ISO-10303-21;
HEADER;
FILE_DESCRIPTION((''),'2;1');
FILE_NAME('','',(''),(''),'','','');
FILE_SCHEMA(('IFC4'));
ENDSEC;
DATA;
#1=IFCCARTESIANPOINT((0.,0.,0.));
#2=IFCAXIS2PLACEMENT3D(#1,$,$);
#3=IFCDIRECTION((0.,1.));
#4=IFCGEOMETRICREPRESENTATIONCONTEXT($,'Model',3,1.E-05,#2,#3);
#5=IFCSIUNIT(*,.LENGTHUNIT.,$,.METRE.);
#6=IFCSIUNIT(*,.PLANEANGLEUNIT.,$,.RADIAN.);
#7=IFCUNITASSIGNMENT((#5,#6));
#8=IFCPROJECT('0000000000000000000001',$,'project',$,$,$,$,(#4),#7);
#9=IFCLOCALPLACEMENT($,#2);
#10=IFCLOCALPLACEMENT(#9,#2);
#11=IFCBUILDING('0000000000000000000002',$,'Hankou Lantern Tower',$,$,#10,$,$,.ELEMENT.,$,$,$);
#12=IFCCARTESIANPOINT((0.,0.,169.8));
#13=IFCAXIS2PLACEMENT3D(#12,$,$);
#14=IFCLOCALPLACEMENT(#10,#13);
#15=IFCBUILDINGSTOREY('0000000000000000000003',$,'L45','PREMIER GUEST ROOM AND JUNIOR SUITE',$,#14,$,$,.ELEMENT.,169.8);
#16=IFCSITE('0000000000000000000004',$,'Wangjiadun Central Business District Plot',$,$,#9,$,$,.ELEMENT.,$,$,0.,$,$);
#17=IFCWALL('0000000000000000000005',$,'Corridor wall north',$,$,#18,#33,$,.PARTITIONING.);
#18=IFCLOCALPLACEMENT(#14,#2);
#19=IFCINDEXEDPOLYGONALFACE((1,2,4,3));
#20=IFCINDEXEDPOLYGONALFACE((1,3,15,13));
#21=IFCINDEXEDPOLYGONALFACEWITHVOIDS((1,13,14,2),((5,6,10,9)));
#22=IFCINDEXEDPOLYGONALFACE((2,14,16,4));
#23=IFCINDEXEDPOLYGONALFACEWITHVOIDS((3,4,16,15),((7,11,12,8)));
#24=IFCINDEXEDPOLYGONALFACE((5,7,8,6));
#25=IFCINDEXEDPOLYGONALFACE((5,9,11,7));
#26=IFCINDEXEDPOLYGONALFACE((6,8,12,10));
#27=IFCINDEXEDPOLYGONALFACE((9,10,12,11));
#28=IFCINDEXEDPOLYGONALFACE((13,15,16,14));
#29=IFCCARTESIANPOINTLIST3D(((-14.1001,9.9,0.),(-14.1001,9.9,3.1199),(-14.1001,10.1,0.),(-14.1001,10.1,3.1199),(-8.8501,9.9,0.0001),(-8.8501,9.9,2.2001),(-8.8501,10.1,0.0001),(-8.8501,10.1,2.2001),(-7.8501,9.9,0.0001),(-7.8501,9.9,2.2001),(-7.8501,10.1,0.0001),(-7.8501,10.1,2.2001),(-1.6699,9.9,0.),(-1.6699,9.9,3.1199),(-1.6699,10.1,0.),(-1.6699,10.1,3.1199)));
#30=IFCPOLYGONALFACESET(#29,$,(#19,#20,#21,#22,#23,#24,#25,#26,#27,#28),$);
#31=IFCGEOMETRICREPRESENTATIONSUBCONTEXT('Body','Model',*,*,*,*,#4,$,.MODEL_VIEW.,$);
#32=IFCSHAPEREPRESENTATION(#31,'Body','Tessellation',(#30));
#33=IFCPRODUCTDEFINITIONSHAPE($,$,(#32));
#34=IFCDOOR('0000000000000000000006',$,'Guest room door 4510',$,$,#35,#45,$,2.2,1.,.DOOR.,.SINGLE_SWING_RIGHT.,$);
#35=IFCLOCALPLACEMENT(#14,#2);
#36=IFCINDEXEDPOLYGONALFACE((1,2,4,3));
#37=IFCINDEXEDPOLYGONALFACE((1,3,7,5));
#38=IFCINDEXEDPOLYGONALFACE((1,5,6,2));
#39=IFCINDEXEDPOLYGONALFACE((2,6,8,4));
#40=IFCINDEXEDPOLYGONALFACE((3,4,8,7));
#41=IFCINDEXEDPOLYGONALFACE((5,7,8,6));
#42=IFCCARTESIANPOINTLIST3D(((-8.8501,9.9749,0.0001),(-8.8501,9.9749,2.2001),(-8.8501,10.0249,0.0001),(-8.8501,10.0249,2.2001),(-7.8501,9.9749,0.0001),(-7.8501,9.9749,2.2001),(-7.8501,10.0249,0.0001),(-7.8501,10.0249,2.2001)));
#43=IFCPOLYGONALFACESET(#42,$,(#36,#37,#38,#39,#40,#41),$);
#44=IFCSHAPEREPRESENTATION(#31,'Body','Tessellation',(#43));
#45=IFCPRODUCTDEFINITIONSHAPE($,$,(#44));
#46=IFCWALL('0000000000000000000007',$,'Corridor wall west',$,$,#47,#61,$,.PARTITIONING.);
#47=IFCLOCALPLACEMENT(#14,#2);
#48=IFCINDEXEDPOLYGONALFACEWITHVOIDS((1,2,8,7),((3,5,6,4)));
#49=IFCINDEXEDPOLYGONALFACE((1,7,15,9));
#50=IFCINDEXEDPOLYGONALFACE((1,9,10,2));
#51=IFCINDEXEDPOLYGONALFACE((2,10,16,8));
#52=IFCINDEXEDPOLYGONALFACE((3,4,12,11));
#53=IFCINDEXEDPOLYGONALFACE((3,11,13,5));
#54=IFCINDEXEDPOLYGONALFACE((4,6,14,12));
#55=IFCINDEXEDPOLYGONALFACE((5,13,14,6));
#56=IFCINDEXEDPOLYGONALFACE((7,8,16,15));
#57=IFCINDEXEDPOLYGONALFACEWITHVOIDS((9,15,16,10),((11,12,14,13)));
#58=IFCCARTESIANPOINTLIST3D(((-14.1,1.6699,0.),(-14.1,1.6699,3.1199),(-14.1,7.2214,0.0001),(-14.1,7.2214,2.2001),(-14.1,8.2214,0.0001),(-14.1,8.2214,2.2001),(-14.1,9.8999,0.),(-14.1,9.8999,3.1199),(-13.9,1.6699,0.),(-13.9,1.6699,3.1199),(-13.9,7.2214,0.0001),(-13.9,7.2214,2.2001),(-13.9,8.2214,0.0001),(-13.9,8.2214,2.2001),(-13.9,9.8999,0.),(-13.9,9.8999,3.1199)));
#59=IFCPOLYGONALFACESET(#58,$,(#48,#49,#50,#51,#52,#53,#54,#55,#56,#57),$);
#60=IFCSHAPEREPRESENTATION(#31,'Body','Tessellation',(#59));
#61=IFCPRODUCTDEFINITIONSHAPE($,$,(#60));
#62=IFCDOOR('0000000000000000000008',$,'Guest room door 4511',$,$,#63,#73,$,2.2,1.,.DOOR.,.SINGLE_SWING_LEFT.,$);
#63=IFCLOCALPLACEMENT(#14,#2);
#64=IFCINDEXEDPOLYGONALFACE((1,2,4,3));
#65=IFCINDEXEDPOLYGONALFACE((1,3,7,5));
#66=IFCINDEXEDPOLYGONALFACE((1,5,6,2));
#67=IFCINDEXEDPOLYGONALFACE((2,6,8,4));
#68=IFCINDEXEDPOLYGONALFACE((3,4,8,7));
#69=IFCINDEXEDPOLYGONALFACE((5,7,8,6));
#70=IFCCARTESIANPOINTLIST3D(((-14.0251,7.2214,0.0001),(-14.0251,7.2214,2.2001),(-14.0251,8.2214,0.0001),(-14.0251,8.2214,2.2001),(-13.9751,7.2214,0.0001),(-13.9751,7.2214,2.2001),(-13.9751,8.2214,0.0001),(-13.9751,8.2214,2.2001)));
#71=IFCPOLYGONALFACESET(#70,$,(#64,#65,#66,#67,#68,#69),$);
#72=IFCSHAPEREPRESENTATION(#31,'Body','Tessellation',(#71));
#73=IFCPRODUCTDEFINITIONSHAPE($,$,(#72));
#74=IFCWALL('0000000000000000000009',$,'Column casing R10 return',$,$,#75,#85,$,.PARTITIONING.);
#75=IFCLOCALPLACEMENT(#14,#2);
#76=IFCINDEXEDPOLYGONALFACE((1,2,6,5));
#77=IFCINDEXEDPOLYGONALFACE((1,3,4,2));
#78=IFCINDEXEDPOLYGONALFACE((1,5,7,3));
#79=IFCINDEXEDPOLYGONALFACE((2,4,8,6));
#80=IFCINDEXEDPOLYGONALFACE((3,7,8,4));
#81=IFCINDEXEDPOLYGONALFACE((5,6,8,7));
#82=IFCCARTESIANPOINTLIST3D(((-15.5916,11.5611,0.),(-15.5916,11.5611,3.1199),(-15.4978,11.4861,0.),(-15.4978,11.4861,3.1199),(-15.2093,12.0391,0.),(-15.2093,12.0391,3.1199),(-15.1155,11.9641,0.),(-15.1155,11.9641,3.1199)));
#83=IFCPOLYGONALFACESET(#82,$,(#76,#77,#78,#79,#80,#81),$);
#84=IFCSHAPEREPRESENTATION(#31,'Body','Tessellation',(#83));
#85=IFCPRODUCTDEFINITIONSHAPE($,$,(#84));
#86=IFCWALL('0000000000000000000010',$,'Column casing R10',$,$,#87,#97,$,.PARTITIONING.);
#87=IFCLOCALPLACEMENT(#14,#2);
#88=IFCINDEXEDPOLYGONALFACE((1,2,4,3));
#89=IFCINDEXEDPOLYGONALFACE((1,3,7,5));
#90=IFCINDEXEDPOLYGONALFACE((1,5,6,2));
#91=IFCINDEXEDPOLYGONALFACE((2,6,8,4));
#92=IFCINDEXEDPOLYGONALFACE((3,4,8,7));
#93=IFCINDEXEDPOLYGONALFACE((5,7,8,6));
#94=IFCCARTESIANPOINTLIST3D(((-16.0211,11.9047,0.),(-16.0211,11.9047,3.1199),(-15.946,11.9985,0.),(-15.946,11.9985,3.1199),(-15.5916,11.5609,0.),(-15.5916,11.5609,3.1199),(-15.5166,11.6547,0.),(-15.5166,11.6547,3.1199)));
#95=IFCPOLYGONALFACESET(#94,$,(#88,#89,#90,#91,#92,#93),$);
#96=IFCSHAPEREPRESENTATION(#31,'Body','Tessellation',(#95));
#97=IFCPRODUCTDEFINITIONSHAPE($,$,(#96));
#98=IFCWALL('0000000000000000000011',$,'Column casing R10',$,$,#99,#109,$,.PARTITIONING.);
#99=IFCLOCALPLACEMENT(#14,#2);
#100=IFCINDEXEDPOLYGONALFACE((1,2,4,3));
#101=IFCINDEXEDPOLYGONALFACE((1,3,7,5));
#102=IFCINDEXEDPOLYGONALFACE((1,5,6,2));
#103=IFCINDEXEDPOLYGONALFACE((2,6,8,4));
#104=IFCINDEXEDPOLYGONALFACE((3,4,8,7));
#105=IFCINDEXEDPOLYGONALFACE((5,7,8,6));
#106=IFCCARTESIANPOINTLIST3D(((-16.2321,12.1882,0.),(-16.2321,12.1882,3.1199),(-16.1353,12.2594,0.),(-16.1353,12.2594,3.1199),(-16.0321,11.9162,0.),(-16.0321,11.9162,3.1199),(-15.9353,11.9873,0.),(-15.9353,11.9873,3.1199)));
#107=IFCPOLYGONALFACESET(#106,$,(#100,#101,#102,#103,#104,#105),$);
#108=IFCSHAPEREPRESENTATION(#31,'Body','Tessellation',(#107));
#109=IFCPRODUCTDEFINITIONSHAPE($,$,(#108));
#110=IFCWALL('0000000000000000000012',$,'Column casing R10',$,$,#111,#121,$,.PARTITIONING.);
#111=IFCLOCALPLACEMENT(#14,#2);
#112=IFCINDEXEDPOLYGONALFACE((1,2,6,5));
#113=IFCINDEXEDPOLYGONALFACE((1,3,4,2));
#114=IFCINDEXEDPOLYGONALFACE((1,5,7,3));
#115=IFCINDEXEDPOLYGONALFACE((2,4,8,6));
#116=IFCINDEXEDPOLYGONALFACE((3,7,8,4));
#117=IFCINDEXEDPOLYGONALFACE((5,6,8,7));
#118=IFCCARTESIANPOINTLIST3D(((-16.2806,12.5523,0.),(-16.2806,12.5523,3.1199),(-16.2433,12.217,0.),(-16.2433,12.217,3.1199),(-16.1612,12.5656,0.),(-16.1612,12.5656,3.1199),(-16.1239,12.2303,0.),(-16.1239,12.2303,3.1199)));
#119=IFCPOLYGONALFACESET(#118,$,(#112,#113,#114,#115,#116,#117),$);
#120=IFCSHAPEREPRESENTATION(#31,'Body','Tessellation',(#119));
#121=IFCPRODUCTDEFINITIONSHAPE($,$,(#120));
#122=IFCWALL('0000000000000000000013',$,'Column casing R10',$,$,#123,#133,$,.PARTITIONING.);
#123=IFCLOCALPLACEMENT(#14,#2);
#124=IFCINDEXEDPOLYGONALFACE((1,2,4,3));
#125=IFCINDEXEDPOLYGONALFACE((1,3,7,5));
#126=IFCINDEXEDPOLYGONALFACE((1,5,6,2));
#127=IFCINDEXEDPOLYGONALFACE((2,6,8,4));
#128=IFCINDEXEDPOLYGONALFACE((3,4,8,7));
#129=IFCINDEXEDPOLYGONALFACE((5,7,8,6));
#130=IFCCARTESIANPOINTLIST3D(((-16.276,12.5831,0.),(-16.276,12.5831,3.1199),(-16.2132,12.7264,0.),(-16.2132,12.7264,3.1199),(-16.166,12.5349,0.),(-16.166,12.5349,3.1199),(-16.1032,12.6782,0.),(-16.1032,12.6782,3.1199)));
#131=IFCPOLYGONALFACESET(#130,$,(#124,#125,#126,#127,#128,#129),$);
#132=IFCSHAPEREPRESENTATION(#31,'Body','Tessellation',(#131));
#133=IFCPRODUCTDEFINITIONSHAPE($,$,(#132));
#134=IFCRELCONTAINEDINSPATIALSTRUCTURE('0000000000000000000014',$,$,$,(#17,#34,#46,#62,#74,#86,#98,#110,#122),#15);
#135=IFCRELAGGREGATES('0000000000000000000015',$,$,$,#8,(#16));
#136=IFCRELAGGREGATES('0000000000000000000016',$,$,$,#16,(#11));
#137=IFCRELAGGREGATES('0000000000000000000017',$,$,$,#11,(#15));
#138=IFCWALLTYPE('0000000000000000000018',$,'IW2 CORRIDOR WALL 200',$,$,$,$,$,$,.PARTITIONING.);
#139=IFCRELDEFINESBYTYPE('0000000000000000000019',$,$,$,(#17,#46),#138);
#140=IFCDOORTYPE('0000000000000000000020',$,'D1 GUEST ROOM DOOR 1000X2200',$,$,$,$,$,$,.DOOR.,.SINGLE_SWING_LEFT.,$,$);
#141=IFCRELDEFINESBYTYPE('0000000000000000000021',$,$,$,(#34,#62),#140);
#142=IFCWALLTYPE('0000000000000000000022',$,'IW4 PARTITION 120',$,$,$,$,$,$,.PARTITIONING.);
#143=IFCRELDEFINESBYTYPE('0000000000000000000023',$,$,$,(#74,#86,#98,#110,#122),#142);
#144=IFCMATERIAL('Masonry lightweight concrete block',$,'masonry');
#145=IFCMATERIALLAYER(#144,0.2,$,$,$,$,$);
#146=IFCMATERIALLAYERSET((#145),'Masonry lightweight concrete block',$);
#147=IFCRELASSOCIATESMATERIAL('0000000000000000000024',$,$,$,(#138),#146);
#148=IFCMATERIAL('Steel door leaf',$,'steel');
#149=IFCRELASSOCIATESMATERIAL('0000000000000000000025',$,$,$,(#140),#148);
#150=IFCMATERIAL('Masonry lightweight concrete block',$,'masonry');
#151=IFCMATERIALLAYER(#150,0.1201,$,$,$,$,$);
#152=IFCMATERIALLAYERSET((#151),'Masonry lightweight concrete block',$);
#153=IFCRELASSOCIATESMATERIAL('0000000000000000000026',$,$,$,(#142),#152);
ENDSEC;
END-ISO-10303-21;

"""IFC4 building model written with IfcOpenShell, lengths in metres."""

from ifc_helpers import new_model, si_unit, direction, frame, frame_2d, origin, place, context, subcontext, project, spatial, rectangle, extrude, material, layer, layer_set, type_object, element, fill, save


model = new_model("IFC4")

# Units and contexts
model_context = context("Model", 3, precision=1e-05, world=origin(), true_north=direction((0.0, 1.0)))
body_context = subcontext(model_context, "Body", "Model", "MODEL_VIEW")
ifc_project = project(units=[si_unit("LENGTHUNIT", "METRE"), si_unit("PLANEANGLEUNIT", "RADIAN")], contexts=[model_context])

# Site, building, storey
site_placement = place(None, origin())
site = spatial("IfcSite", under=ifc_project, at=site_placement, Name="Wangjiadun Central Business District Plot", CompositionType="ELEMENT", RefElevation=0.0)
building_placement = place(site_placement, origin())
building = spatial("IfcBuilding", under=site, at=building_placement, Name="Hankou Lantern Tower", CompositionType="ELEMENT")
storey_placement = place(building_placement, frame((0.0, 0.0, 169.8)))
storey = spatial("IfcBuildingStorey", under=building, at=storey_placement, Name="L45", Description="PREMIER GUEST ROOM AND JUNIOR SUITE", CompositionType="ELEMENT", Elevation=169.8)

# Walls, openings, doors
ifc_material_1 = material(Name="Masonry lightweight concrete block", Category="masonry")
ifc_layer_1 = layer(ifc_material_1, 0.2)
ifc_layer_set_1 = layer_set([ifc_layer_1], Name="Masonry lightweight concrete block")
wall_type_1 = type_object("IfcWallType", Name="IW2 CORRIDOR WALL 200", PredefinedType="PARTITIONING", material=ifc_layer_set_1)
wall_1_placement = place(storey_placement, frame((-14.1001, 10.0, 0.0), z_axis=(0.0, 0.0, 1.0), x_axis=(1.0, 0.0, 0.0)))
wall_1 = element("IfcWall", 1, at=wall_1_placement, inside=storey, type_object=wall_type_1, Name="Corridor wall north", PredefinedType="PARTITIONING", context=body_context, shape_type="SweptSolid", body=[
    extrude(rectangle(XDim=12.4302, YDim=0.2, at=frame_2d((6.2151, 0.0))), origin(), (0.0, 0.0, 1.0), 3.1199),
])
opening_1_placement = place(wall_1_placement, frame((5.25, 0.0, 0.0)))
opening_1 = element("IfcOpeningElement", 2, at=opening_1_placement, cuts=wall_1, PredefinedType="OPENING", context=body_context, shape_type="SweptSolid", body=[
    extrude(rectangle(XDim=1.0, YDim=2.2, at=frame_2d((0.5, 1.1001))), frame((0.0, 0.1099, 0.0), z_axis=(0.0, -1.0, 0.0), x_axis=(1.0, 0.0, 0.0)), (0.0, 0.0, 1.0), 0.22),
])
ifc_material_2 = material(Name="Steel door leaf", Category="steel")
door_type = type_object("IfcDoorType", Name="D1 GUEST ROOM DOOR 1000X2200", OperationType="SINGLE_SWING_LEFT", PredefinedType="DOOR", material=ifc_material_2)
door_1_placement = place(opening_1_placement, origin())
door_1 = element("IfcDoor", 3, at=door_1_placement, inside=storey, type_object=door_type, Name="Guest room door 4510", OperationType="SINGLE_SWING_RIGHT", OverallHeight=2.2, OverallWidth=1.0, PredefinedType="DOOR", context=body_context, shape_type="SweptSolid", body=[
    extrude(rectangle(XDim=1.0, YDim=2.2, at=frame_2d((0.5, 1.1001))), frame((0.0, 0.0249, 0.0), z_axis=(0.0, -1.0, 0.0), x_axis=(1.0, 0.0, 0.0)), (0.0, 0.0, 1.0), 0.05),
])
fill(opening_1, door_1)
wall_2_placement = place(storey_placement, frame((-14.0, 9.8999, 0.0), z_axis=(0.0, 0.0, 1.0), x_axis=(0.0, -1.0, 0.0)))
wall_2 = element("IfcWall", 4, at=wall_2_placement, inside=storey, type_object=wall_type_1, Name="Corridor wall west", PredefinedType="PARTITIONING", context=body_context, shape_type="SweptSolid", body=[
    extrude(rectangle(XDim=8.23, YDim=0.2, at=frame_2d((4.115, 0.0))), origin(), (0.0, 0.0, 1.0), 3.1199),
])
opening_2_placement = place(wall_2_placement, frame((1.6785, 0.0, 0.0)))
opening_2 = element("IfcOpeningElement", 5, at=opening_2_placement, cuts=wall_2, PredefinedType="OPENING", context=body_context, shape_type="SweptSolid", body=[
    extrude(rectangle(XDim=1.0, YDim=2.2, at=frame_2d((0.5, 1.1001))), frame((0.0, 0.1099, 0.0), z_axis=(0.0, -1.0, 0.0), x_axis=(1.0, 0.0, 0.0)), (0.0, 0.0, 1.0), 0.22),
])
door_2_placement = place(opening_2_placement, origin())
door_2 = element("IfcDoor", 6, at=door_2_placement, inside=storey, type_object=door_type, Name="Guest room door 4511", OperationType="SINGLE_SWING_LEFT", OverallHeight=2.2, OverallWidth=1.0, PredefinedType="DOOR", context=body_context, shape_type="SweptSolid", body=[
    extrude(rectangle(XDim=1.0, YDim=2.2, at=frame_2d((0.5, 1.1001))), frame((0.0, 0.0249, 0.0), z_axis=(0.0, -1.0, 0.0), x_axis=(1.0, 0.0, 0.0)), (0.0, 0.0, 1.0), 0.05),
])
fill(opening_2, door_2)

# Walls
ifc_material_3 = material(Name="Masonry lightweight concrete block", Category="masonry")
ifc_layer_2 = layer(ifc_material_3, 0.1201)
ifc_layer_set_2 = layer_set([ifc_layer_2], Name="Masonry lightweight concrete block")
wall_type_2 = type_object("IfcWallType", Name="IW4 PARTITION 120", PredefinedType="PARTITIONING", material=ifc_layer_set_2)
wall_3_placement = place(storey_placement, frame((-15.1624, 12.0017, 0.0), z_axis=(0.0, 0.0, 1.0), x_axis=(-0.624598, -0.780947, 0.0)))
element("IfcWall", 7, at=wall_3_placement, inside=storey, type_object=wall_type_2, Name="Column casing R10 return", PredefinedType="PARTITIONING", context=body_context, shape_type="SweptSolid", body=[
    extrude(rectangle(XDim=0.6121, YDim=0.1201, at=frame_2d((0.3062, 0.0))), origin(), (0.0, 0.0, 1.0), 3.1199),
])
wall_4_placement = place(storey_placement, frame((-15.5542, 11.6079, 0.0), z_axis=(0.0, 0.0, 1.0), x_axis=(-0.780696, 0.624912, 0.0)))
element("IfcWall", 8, at=wall_4_placement, inside=storey, type_object=wall_type_2, Name="Column casing R10", PredefinedType="PARTITIONING", context=body_context, shape_type="SweptSolid", body=[
    extrude(rectangle(XDim=0.55, YDim=0.1201, at=frame_2d((0.2749, 0.0))), origin(), (0.0, 0.0, 1.0), 3.1199),
])
wall_5_placement = place(storey_placement, frame((-15.9836, 11.9517, 0.0), z_axis=(0.0, 0.0, 1.0), x_axis=(-0.592335, 0.805692, 0.0)))
element("IfcWall", 9, at=wall_5_placement, inside=storey, type_object=wall_type_2, Name="Column casing R10", PredefinedType="PARTITIONING", context=body_context, shape_type="SweptSolid", body=[
    extrude(rectangle(XDim=0.3376, YDim=0.1201, at=frame_2d((0.1689, 0.0))), origin(), (0.0, 0.0, 1.0), 3.1199),
])
wall_6_placement = place(storey_placement, frame((-16.1836, 12.2236, 0.0), z_axis=(0.0, 0.0, 1.0), x_axis=(-0.11067, 0.993857, 0.0)))
element("IfcWall", 10, at=wall_6_placement, inside=storey, type_object=wall_type_2, Name="Column casing R10", PredefinedType="PARTITIONING", context=body_context, shape_type="SweptSolid", body=[
    extrude(rectangle(XDim=0.3374, YDim=0.1201, at=frame_2d((0.1687, 0.0))), origin(), (0.0, 0.0, 1.0), 3.1199),
])
wall_7_placement = place(storey_placement, frame((-16.2209, 12.5591, 0.0), z_axis=(0.0, 0.0, 1.0), x_axis=(0.401064, 0.91605, 0.0)))
element("IfcWall", 11, at=wall_7_placement, inside=storey, type_object=wall_type_2, Name="Column casing R10", PredefinedType="PARTITIONING", context=body_context, shape_type="SweptSolid", body=[
    extrude(rectangle(XDim=0.1565, YDim=0.1201, at=frame_2d((0.0781, 0.0))), origin(), (0.0, 0.0, 1.0), 3.1199),
])

save(model, "model.ifc")
